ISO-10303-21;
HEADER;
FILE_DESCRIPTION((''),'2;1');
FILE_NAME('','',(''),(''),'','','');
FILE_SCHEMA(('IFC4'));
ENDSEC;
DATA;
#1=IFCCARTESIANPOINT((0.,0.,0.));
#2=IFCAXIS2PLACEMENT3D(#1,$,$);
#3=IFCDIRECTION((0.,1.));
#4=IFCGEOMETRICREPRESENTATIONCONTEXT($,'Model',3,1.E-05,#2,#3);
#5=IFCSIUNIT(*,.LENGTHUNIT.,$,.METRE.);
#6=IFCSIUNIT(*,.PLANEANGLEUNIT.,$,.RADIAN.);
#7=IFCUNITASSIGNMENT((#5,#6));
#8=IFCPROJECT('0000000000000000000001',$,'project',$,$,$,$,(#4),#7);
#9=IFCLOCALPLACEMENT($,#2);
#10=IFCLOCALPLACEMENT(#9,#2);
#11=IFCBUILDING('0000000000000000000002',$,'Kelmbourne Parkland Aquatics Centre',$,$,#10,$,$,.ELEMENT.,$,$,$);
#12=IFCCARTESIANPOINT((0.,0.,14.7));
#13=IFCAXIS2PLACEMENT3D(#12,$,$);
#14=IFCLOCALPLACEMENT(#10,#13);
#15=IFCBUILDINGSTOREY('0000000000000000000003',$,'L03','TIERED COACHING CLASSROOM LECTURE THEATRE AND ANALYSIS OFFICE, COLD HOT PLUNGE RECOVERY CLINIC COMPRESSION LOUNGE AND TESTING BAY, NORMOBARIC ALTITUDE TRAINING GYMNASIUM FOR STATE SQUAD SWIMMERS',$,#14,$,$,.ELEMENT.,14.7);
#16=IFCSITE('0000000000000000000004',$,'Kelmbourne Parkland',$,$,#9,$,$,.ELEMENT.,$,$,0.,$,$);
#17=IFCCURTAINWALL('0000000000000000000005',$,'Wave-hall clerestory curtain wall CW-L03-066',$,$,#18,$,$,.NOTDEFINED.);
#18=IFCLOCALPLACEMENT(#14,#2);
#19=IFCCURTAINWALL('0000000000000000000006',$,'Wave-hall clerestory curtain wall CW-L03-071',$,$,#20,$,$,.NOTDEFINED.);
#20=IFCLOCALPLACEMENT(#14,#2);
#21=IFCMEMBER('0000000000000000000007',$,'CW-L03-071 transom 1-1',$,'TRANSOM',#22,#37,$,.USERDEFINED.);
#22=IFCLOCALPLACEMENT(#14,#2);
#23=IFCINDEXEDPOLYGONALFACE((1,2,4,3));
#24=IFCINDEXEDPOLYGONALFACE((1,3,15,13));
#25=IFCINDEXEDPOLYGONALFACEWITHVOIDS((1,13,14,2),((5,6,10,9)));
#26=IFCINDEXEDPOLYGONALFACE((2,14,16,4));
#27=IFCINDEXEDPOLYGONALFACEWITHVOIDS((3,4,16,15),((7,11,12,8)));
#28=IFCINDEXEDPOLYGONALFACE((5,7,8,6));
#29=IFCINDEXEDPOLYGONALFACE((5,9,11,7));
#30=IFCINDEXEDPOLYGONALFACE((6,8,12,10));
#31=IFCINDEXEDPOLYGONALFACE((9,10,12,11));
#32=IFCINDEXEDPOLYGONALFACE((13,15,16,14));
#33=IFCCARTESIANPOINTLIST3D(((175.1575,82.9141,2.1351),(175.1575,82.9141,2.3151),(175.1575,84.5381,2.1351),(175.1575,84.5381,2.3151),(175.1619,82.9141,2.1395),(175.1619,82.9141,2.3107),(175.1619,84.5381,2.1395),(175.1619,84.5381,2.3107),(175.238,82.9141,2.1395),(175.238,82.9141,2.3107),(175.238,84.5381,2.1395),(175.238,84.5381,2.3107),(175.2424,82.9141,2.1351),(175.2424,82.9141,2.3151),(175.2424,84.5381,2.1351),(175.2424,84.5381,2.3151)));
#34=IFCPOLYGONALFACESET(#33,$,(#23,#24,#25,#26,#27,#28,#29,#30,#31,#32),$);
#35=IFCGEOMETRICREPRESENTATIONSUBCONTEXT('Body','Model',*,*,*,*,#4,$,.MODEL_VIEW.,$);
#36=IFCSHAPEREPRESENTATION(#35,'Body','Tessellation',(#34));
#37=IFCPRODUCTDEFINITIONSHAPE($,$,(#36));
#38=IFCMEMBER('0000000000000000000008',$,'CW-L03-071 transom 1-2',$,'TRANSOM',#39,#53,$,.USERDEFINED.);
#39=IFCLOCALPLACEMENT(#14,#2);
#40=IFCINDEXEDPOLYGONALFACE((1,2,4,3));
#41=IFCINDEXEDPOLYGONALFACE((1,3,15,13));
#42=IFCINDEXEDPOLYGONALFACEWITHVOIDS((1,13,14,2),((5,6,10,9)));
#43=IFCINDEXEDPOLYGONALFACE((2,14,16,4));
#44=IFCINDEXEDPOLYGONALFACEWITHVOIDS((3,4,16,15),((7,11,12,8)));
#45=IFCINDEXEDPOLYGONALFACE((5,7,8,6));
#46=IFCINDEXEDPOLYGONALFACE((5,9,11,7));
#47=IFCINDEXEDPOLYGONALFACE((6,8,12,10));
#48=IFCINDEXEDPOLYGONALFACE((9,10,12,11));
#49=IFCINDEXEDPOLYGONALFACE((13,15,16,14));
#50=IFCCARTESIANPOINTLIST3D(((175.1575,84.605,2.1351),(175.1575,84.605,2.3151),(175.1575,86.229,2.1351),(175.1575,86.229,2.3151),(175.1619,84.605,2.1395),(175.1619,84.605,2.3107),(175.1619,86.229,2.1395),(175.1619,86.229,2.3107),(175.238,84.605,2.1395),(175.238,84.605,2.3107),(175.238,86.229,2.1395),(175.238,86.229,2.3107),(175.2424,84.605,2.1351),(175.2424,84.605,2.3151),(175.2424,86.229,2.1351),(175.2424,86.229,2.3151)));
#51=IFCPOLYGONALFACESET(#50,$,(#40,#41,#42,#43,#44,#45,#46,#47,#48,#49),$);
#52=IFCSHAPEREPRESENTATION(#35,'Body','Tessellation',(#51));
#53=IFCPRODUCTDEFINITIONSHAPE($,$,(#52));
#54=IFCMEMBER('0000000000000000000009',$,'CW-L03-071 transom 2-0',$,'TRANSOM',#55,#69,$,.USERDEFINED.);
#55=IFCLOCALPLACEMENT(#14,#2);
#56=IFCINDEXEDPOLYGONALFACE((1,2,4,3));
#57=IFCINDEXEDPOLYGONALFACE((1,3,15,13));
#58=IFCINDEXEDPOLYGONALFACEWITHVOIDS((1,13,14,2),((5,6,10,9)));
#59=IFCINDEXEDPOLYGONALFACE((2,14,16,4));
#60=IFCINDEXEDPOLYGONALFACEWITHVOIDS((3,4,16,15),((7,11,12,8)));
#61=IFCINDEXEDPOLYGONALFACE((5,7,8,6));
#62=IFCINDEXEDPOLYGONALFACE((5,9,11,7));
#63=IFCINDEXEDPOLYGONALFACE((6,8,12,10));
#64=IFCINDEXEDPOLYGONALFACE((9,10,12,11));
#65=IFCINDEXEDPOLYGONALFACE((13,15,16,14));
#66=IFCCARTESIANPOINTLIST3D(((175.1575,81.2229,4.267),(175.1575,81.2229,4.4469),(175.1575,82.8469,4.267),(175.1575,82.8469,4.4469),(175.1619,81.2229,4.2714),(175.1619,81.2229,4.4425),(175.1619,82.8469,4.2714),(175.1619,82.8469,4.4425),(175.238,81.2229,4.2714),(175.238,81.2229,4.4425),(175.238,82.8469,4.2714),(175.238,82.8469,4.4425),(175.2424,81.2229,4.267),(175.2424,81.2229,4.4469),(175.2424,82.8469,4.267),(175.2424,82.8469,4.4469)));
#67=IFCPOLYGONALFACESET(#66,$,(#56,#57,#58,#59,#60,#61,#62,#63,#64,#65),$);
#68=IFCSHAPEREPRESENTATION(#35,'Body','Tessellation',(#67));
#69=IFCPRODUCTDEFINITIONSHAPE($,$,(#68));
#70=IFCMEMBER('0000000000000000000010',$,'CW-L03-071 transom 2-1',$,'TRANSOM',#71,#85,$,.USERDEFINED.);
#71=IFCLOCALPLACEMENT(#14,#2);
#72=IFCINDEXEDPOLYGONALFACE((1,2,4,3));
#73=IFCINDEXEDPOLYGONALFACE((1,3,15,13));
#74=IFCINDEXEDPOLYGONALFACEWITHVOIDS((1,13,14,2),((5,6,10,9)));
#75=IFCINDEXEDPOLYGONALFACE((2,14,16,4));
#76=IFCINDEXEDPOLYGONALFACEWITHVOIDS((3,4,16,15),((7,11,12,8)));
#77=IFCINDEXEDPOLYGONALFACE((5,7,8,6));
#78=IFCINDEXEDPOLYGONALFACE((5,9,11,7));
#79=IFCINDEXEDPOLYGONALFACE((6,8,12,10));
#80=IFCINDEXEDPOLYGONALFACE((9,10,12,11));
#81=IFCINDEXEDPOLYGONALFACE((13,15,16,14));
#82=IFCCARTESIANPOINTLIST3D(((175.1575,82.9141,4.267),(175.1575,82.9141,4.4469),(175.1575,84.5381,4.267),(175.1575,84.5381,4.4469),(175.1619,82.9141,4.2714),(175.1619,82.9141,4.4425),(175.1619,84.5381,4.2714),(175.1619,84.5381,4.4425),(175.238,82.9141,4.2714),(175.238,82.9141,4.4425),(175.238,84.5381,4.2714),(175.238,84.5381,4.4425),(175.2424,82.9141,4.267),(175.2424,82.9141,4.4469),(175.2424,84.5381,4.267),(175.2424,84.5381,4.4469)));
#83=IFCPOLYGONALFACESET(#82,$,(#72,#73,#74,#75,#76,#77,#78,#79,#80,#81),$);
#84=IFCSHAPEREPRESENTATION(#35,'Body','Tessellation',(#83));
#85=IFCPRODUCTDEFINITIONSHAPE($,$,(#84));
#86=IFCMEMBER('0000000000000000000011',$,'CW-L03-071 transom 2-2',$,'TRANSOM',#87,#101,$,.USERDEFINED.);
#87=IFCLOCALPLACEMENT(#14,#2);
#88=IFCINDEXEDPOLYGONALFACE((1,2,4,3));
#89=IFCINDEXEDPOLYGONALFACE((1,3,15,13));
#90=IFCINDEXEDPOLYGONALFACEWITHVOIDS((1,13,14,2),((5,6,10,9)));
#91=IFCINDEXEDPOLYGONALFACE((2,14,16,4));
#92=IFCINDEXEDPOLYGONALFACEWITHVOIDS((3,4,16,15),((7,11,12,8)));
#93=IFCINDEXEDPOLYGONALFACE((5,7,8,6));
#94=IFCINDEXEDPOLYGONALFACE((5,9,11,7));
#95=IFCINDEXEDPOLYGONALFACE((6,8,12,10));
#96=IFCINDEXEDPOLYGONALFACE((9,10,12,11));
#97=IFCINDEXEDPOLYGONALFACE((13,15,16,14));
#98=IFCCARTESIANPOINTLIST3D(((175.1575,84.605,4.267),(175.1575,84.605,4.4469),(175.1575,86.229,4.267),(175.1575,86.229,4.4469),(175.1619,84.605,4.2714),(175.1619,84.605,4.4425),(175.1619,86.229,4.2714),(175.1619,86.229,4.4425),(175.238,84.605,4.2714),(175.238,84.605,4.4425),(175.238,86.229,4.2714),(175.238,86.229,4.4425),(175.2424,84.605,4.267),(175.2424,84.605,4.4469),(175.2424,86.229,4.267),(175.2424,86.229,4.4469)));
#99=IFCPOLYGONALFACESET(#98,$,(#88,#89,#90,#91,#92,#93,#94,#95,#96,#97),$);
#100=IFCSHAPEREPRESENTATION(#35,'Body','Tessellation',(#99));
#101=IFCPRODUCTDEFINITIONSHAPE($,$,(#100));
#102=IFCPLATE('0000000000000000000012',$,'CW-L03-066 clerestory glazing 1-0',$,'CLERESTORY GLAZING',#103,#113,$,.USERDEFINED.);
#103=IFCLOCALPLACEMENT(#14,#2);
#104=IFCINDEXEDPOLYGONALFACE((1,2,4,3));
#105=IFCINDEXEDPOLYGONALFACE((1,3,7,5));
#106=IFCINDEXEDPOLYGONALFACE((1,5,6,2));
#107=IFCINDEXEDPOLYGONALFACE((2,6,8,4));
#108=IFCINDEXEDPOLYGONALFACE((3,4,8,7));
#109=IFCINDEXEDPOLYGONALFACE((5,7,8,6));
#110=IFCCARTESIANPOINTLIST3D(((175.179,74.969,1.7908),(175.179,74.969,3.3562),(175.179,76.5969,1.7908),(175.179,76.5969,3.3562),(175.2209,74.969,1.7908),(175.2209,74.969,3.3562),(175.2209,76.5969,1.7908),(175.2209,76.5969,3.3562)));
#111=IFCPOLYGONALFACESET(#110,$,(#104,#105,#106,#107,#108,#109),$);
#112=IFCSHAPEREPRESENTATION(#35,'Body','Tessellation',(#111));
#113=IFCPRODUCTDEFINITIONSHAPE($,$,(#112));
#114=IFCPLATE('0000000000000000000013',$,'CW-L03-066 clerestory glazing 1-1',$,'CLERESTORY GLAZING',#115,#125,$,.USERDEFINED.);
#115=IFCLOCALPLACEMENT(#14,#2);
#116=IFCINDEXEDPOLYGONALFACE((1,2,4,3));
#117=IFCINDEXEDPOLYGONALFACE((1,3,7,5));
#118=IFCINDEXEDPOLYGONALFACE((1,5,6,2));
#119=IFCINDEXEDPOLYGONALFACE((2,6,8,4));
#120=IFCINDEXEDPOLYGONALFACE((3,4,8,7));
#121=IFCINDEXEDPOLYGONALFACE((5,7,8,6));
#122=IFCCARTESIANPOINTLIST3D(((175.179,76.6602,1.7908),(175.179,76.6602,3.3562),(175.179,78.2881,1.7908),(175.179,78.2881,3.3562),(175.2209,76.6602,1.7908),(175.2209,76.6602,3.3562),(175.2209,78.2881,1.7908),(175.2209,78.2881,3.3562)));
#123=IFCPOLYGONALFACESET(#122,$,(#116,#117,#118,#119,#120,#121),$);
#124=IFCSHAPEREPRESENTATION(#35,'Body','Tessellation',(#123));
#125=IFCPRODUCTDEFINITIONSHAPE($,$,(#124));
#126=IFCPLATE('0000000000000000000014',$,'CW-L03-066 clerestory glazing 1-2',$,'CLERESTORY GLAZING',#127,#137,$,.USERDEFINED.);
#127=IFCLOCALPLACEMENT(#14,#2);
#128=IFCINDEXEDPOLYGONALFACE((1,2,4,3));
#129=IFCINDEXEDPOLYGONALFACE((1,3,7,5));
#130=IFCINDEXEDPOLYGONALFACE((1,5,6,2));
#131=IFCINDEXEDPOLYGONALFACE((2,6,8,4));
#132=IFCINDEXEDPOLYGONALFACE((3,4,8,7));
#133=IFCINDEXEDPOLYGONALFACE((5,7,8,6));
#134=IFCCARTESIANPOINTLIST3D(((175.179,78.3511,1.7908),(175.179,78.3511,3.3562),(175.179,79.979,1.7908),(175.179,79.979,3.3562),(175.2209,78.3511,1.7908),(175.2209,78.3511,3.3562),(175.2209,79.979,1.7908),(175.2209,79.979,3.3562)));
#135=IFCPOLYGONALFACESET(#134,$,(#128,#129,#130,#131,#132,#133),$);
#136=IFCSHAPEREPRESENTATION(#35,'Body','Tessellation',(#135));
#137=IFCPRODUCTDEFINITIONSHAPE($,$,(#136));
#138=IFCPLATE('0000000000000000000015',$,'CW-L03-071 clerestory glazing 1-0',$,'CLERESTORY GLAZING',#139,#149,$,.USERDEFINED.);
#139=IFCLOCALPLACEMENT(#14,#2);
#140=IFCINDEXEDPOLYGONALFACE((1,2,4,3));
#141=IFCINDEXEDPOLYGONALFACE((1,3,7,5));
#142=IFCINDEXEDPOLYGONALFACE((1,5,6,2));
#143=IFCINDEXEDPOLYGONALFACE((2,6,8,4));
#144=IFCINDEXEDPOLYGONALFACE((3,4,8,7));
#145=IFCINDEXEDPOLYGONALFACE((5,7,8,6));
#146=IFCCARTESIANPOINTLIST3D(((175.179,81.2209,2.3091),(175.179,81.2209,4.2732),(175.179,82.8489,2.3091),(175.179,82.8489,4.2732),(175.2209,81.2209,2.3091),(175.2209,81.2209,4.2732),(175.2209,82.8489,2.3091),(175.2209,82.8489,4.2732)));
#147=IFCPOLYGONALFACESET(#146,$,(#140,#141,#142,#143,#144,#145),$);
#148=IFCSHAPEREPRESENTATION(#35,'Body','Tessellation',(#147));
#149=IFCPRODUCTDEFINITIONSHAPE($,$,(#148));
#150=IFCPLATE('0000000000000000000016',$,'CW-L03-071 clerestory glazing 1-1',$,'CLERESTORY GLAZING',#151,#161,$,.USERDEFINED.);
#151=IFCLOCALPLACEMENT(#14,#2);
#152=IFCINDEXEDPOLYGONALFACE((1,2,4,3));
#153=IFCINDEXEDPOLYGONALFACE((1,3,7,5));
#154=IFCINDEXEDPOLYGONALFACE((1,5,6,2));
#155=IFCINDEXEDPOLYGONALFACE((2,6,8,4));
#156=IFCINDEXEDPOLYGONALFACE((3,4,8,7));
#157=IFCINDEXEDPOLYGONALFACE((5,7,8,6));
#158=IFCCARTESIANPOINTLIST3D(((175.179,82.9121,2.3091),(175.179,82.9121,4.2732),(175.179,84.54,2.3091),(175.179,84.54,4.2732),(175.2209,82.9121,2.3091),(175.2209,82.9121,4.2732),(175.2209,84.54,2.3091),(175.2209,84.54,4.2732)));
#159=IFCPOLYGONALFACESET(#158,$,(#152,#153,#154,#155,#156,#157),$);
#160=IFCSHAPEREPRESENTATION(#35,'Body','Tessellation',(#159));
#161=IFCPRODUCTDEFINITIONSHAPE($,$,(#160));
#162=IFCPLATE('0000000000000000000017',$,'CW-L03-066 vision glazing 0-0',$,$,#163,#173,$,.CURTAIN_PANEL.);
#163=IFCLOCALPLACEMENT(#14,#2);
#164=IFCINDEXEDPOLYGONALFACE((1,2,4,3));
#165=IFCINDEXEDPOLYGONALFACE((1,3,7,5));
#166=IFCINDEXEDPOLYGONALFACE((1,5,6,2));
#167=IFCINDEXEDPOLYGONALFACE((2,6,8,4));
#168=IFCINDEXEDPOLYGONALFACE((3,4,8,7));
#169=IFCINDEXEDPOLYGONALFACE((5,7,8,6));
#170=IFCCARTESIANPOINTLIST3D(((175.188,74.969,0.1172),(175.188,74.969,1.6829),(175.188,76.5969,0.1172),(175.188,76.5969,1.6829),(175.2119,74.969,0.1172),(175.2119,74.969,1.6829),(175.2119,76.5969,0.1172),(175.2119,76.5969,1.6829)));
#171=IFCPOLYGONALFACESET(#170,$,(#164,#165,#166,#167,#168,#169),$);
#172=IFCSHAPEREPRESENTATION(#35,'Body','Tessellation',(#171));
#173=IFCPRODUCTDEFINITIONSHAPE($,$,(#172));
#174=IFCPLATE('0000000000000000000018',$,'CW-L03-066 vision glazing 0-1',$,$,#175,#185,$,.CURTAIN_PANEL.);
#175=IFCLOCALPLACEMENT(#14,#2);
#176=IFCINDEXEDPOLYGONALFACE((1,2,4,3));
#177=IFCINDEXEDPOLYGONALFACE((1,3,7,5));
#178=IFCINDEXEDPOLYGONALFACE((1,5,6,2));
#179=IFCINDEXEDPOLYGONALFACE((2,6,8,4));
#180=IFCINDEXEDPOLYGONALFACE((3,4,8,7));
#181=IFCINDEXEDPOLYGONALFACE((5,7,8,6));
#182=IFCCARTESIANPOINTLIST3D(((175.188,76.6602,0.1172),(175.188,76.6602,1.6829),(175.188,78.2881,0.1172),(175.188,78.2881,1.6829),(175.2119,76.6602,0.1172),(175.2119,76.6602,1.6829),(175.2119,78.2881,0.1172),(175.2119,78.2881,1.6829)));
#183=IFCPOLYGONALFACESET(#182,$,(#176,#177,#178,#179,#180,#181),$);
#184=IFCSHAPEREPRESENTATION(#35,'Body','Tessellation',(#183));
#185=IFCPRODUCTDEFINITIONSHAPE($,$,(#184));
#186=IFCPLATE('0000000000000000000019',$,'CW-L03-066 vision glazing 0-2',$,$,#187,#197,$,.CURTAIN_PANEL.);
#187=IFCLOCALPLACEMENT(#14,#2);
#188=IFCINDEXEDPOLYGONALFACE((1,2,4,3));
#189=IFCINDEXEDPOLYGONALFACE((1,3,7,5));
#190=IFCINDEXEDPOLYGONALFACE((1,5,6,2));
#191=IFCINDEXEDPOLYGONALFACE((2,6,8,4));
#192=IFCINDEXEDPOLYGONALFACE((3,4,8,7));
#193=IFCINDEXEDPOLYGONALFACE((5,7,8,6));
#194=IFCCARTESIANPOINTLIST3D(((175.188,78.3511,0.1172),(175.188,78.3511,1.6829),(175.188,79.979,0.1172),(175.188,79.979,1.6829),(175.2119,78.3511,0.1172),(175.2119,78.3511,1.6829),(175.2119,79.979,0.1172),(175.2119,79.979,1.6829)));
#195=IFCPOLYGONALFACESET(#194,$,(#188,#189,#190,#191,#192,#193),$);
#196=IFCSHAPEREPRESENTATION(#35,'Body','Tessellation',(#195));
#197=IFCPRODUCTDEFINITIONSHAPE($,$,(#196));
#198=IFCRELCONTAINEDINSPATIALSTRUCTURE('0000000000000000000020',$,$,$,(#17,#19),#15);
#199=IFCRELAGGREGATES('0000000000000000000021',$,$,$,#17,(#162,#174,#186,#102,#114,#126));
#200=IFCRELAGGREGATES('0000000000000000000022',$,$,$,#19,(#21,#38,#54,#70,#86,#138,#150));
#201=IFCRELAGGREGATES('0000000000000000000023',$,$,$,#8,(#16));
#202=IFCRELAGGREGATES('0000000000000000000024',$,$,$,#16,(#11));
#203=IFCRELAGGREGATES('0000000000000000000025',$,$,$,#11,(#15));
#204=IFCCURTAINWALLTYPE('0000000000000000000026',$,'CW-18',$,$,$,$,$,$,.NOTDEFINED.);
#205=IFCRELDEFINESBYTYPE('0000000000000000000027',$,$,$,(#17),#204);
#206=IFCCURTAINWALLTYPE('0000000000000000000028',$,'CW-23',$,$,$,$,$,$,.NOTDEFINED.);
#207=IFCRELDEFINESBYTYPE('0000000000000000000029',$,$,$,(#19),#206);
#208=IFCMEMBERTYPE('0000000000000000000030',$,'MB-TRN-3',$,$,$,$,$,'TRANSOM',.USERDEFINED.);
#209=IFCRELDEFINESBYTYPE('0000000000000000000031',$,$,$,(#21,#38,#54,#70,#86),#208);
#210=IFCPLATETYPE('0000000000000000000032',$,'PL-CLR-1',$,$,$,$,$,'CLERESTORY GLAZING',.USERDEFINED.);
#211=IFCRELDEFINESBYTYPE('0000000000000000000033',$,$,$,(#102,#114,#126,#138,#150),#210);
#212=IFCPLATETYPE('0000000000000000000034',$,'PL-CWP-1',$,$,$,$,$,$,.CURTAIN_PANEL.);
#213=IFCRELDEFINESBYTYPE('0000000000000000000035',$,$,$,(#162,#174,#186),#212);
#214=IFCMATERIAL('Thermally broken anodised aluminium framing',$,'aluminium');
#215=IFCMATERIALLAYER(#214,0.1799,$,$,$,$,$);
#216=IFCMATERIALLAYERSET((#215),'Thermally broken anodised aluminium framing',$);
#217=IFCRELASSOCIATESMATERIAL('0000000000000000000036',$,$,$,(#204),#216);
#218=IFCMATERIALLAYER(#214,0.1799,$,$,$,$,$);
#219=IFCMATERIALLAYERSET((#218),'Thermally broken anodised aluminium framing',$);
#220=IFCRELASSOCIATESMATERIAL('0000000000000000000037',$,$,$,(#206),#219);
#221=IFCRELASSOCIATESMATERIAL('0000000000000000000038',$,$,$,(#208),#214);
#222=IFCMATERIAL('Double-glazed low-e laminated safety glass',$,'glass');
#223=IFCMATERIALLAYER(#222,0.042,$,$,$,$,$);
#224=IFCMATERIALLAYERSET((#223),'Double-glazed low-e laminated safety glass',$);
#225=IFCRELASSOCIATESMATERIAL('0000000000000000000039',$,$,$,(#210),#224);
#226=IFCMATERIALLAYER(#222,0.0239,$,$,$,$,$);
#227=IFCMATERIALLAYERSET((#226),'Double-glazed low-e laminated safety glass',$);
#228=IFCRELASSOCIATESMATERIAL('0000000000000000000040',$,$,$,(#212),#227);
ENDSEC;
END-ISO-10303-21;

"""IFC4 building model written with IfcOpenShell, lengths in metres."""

from ifc_helpers import new_model, si_unit, direction, frame, origin, origin_2d, place, context, subcontext, project, spatial, rectangle, hollow_rectangle, extrude, material, layer, layer_set, material_profile, profile_set, type_object, element, aggregate, save


model = new_model("IFC4")

# Units and contexts
model_context = context("Model", 3, precision=1e-05, world=origin(), true_north=direction((0.0, 1.0)))
body_context = subcontext(model_context, "Body", "Model", "MODEL_VIEW")
ifc_project = project(units=[si_unit("LENGTHUNIT", "METRE"), si_unit("PLANEANGLEUNIT", "RADIAN")], contexts=[model_context])

# Site, building, storey
site_placement = place(None, origin())
site = spatial("IfcSite", under=ifc_project, at=site_placement, Name="Kelmbourne Parkland", CompositionType="ELEMENT", RefElevation=0.0)
building_placement = place(site_placement, origin())
building = spatial("IfcBuilding", under=site, at=building_placement, Name="Kelmbourne Parkland Aquatics Centre", CompositionType="ELEMENT")
storey_placement = place(building_placement, frame((0.0, 0.0, 14.7)))
storey = spatial("IfcBuildingStorey", under=building, at=storey_placement, Name="L03", Description="TIERED COACHING CLASSROOM LECTURE THEATRE AND ANALYSIS OFFICE, COLD HOT PLUNGE RECOVERY CLINIC COMPRESSION LOUNGE AND TESTING BAY, NORMOBARIC ALTITUDE TRAINING GYMNASIUM FOR STATE SQUAD SWIMMERS", CompositionType="ELEMENT", Elevation=14.7)

# Shared definitions
ifc_material_1 = material(Name="Thermally broken anodised aluminium framing", Category="aluminium")

# Curtain walls
ifc_layer_1 = layer(ifc_material_1, 0.1799)
ifc_layer_set_1 = layer_set([ifc_layer_1], Name="Thermally broken anodised aluminium framing")
curtain_wall_type_1 = type_object("IfcCurtainWallType", Name="CW-18", PredefinedType="NOTDEFINED", material=ifc_layer_set_1)
curtain_wall_1_placement = place(storey_placement, origin())
curtain_wall_1 = element("IfcCurtainWall", 1, at=curtain_wall_1_placement, inside=storey, type_object=curtain_wall_type_1, Name="Wave-hall clerestory curtain wall CW-L03-066", PredefinedType="NOTDEFINED")
ifc_layer_2 = layer(ifc_material_1, 0.1799)
ifc_layer_set_2 = layer_set([ifc_layer_2], Name="Thermally broken anodised aluminium framing")
curtain_wall_type_2 = type_object("IfcCurtainWallType", Name="CW-23", PredefinedType="NOTDEFINED", material=ifc_layer_set_2)
curtain_wall_2_placement = place(storey_placement, origin())
curtain_wall_2 = element("IfcCurtainWall", 2, at=curtain_wall_2_placement, inside=storey, type_object=curtain_wall_type_2, Name="Wave-hall clerestory curtain wall CW-L03-071", PredefinedType="NOTDEFINED")

# Members
ifc_material_profile_1 = material_profile(ifc_material_1, hollow_rectangle(XDim=0.085, YDim=0.1799, WallThickness=0.0044, at=origin_2d()), Name="CW-T 85x180")
ifc_profile_set_1 = profile_set([ifc_material_profile_1], Name="Thermally broken anodised aluminium framing")
member_type_1 = type_object("IfcMemberType", Name="MB-TRN-3", ElementType="TRANSOM", PredefinedType="USERDEFINED", material=ifc_profile_set_1)
member_1_placement = place(storey_placement, frame((175.2, 82.9141, 2.2251), z_axis=(0.0, 1.0, 0.0), x_axis=(-1.0, 0.0, 0.0)))
member_1 = element("IfcMember", 3, at=member_1_placement, type_object=member_type_1, Name="CW-L03-071 transom 1-1", ObjectType="TRANSOM", PredefinedType="USERDEFINED", context=body_context, shape_type="SweptSolid", body=[
    extrude(hollow_rectangle(XDim=0.085, YDim=0.1799, WallThickness=0.0044, at=origin_2d()), origin(), (0.0, 0.0, 1.0), 1.624),
])
member_2_placement = place(storey_placement, frame((175.2, 84.605, 2.2251), z_axis=(0.0, 1.0, 0.0), x_axis=(-1.0, 0.0, 0.0)))
member_2 = element("IfcMember", 4, at=member_2_placement, type_object=member_type_1, Name="CW-L03-071 transom 1-2", ObjectType="TRANSOM", PredefinedType="USERDEFINED", context=body_context, shape_type="SweptSolid", body=[
    extrude(hollow_rectangle(XDim=0.085, YDim=0.1799, WallThickness=0.0044, at=origin_2d()), origin(), (0.0, 0.0, 1.0), 1.624),
])
member_3_placement = place(storey_placement, frame((175.2, 81.2229, 4.3569), z_axis=(0.0, 1.0, 0.0), x_axis=(-1.0, 0.0, 0.0)))
member_3 = element("IfcMember", 5, at=member_3_placement, type_object=member_type_1, Name="CW-L03-071 transom 2-0", ObjectType="TRANSOM", PredefinedType="USERDEFINED", context=body_context, shape_type="SweptSolid", body=[
    extrude(hollow_rectangle(XDim=0.085, YDim=0.1799, WallThickness=0.0044, at=origin_2d()), origin(), (0.0, 0.0, 1.0), 1.624),
])
member_4_placement = place(storey_placement, frame((175.2, 82.9141, 4.3569), z_axis=(0.0, 1.0, 0.0), x_axis=(-1.0, 0.0, 0.0)))
member_4 = element("IfcMember", 6, at=member_4_placement, type_object=member_type_1, Name="CW-L03-071 transom 2-1", ObjectType="TRANSOM", PredefinedType="USERDEFINED", context=body_context, shape_type="SweptSolid", body=[
    extrude(hollow_rectangle(XDim=0.085, YDim=0.1799, WallThickness=0.0044, at=origin_2d()), origin(), (0.0, 0.0, 1.0), 1.624),
])
member_5_placement = place(storey_placement, frame((175.2, 84.605, 4.3569), z_axis=(0.0, 1.0, 0.0), x_axis=(-1.0, 0.0, 0.0)))
member_5 = element("IfcMember", 7, at=member_5_placement, type_object=member_type_1, Name="CW-L03-071 transom 2-2", ObjectType="TRANSOM", PredefinedType="USERDEFINED", context=body_context, shape_type="SweptSolid", body=[
    extrude(hollow_rectangle(XDim=0.085, YDim=0.1799, WallThickness=0.0044, at=origin_2d()), origin(), (0.0, 0.0, 1.0), 1.624),
])

# Plates
ifc_material_2 = material(Name="Double-glazed low-e laminated safety glass", Category="glass")
ifc_layer_3 = layer(ifc_material_2, 0.042)
ifc_layer_set_3 = layer_set([ifc_layer_3], Name="Double-glazed low-e laminated safety glass")
plate_type_1 = type_object("IfcPlateType", Name="PL-CLR-1", ElementType="CLERESTORY GLAZING", PredefinedType="USERDEFINED", material=ifc_layer_set_3)
plate_1_placement = place(storey_placement, frame((175.2, 75.783, 1.7908), z_axis=(0.0, 0.0, 1.0), x_axis=(0.0, 1.0, 0.0)))
plate_1 = element("IfcPlate", 8, at=plate_1_placement, type_object=plate_type_1, Name="CW-L03-066 clerestory glazing 1-0", ObjectType="CLERESTORY GLAZING", PredefinedType="USERDEFINED", context=body_context, shape_type="SweptSolid", body=[
    extrude(rectangle(XDim=1.6279, YDim=0.042, at=origin_2d()), origin(), (0.0, 0.0, 1.0), 1.5654),
])
plate_2_placement = place(storey_placement, frame((175.2, 77.4741, 1.7908), z_axis=(0.0, 0.0, 1.0), x_axis=(0.0, 1.0, 0.0)))
plate_2 = element("IfcPlate", 9, at=plate_2_placement, type_object=plate_type_1, Name="CW-L03-066 clerestory glazing 1-1", ObjectType="CLERESTORY GLAZING", PredefinedType="USERDEFINED", context=body_context, shape_type="SweptSolid", body=[
    extrude(rectangle(XDim=1.6279, YDim=0.042, at=origin_2d()), origin(), (0.0, 0.0, 1.0), 1.5654),
])
plate_3_placement = place(storey_placement, frame((175.2, 79.165, 1.7908), z_axis=(0.0, 0.0, 1.0), x_axis=(0.0, 1.0, 0.0)))
plate_3 = element("IfcPlate", 10, at=plate_3_placement, type_object=plate_type_1, Name="CW-L03-066 clerestory glazing 1-2", ObjectType="CLERESTORY GLAZING", PredefinedType="USERDEFINED", context=body_context, shape_type="SweptSolid", body=[
    extrude(rectangle(XDim=1.6279, YDim=0.042, at=origin_2d()), origin(), (0.0, 0.0, 1.0), 1.5654),
])
plate_4_placement = place(storey_placement, frame((175.2, 82.0349, 2.3091), z_axis=(0.0, 0.0, 1.0), x_axis=(0.0, 1.0, 0.0)))
plate_4 = element("IfcPlate", 11, at=plate_4_placement, type_object=plate_type_1, Name="CW-L03-071 clerestory glazing 1-0", ObjectType="CLERESTORY GLAZING", PredefinedType="USERDEFINED", context=body_context, shape_type="SweptSolid", body=[
    extrude(rectangle(XDim=1.6279, YDim=0.042, at=origin_2d()), origin(), (0.0, 0.0, 1.0), 1.9641),
])
plate_5_placement = place(storey_placement, frame((175.2, 83.7261, 2.3091), z_axis=(0.0, 0.0, 1.0), x_axis=(0.0, 1.0, 0.0)))
plate_5 = element("IfcPlate", 12, at=plate_5_placement, type_object=plate_type_1, Name="CW-L03-071 clerestory glazing 1-1", ObjectType="CLERESTORY GLAZING", PredefinedType="USERDEFINED", context=body_context, shape_type="SweptSolid", body=[
    extrude(rectangle(XDim=1.6279, YDim=0.042, at=origin_2d()), origin(), (0.0, 0.0, 1.0), 1.9641),
])
ifc_layer_4 = layer(ifc_material_2, 0.0239)
ifc_layer_set_4 = layer_set([ifc_layer_4], Name="Double-glazed low-e laminated safety glass")
plate_type_2 = type_object("IfcPlateType", Name="PL-CWP-1", PredefinedType="CURTAIN_PANEL", material=ifc_layer_set_4)
plate_6_placement = place(storey_placement, frame((175.2, 75.783, 0.1172), z_axis=(0.0, 0.0, 1.0), x_axis=(0.0, 1.0, 0.0)))
plate_6 = element("IfcPlate", 13, at=plate_6_placement, type_object=plate_type_2, Name="CW-L03-066 vision glazing 0-0", PredefinedType="CURTAIN_PANEL", context=body_context, shape_type="SweptSolid", body=[
    extrude(rectangle(XDim=1.6279, YDim=0.0239, at=origin_2d()), origin(), (0.0, 0.0, 1.0), 1.5657),
])
plate_7_placement = place(storey_placement, frame((175.2, 77.4741, 0.1172), z_axis=(0.0, 0.0, 1.0), x_axis=(0.0, 1.0, 0.0)))
plate_7 = element("IfcPlate", 14, at=plate_7_placement, type_object=plate_type_2, Name="CW-L03-066 vision glazing 0-1", PredefinedType="CURTAIN_PANEL", context=body_context, shape_type="SweptSolid", body=[
    extrude(rectangle(XDim=1.6279, YDim=0.0239, at=origin_2d()), origin(), (0.0, 0.0, 1.0), 1.5657),
])
plate_8_placement = place(storey_placement, frame((175.2, 79.165, 0.1172), z_axis=(0.0, 0.0, 1.0), x_axis=(0.0, 1.0, 0.0)))
plate_8 = element("IfcPlate", 15, at=plate_8_placement, type_object=plate_type_2, Name="CW-L03-066 vision glazing 0-2", PredefinedType="CURTAIN_PANEL", context=body_context, shape_type="SweptSolid", body=[
    extrude(rectangle(XDim=1.6279, YDim=0.0239, at=origin_2d()), origin(), (0.0, 0.0, 1.0), 1.5657),
])
aggregate(curtain_wall_1, [plate_6, plate_7, plate_8, plate_1, plate_2, plate_3])
aggregate(curtain_wall_2, [member_1, member_2, member_3, member_4, member_5, plate_4, plate_5])

save(model, "model.ifc")
